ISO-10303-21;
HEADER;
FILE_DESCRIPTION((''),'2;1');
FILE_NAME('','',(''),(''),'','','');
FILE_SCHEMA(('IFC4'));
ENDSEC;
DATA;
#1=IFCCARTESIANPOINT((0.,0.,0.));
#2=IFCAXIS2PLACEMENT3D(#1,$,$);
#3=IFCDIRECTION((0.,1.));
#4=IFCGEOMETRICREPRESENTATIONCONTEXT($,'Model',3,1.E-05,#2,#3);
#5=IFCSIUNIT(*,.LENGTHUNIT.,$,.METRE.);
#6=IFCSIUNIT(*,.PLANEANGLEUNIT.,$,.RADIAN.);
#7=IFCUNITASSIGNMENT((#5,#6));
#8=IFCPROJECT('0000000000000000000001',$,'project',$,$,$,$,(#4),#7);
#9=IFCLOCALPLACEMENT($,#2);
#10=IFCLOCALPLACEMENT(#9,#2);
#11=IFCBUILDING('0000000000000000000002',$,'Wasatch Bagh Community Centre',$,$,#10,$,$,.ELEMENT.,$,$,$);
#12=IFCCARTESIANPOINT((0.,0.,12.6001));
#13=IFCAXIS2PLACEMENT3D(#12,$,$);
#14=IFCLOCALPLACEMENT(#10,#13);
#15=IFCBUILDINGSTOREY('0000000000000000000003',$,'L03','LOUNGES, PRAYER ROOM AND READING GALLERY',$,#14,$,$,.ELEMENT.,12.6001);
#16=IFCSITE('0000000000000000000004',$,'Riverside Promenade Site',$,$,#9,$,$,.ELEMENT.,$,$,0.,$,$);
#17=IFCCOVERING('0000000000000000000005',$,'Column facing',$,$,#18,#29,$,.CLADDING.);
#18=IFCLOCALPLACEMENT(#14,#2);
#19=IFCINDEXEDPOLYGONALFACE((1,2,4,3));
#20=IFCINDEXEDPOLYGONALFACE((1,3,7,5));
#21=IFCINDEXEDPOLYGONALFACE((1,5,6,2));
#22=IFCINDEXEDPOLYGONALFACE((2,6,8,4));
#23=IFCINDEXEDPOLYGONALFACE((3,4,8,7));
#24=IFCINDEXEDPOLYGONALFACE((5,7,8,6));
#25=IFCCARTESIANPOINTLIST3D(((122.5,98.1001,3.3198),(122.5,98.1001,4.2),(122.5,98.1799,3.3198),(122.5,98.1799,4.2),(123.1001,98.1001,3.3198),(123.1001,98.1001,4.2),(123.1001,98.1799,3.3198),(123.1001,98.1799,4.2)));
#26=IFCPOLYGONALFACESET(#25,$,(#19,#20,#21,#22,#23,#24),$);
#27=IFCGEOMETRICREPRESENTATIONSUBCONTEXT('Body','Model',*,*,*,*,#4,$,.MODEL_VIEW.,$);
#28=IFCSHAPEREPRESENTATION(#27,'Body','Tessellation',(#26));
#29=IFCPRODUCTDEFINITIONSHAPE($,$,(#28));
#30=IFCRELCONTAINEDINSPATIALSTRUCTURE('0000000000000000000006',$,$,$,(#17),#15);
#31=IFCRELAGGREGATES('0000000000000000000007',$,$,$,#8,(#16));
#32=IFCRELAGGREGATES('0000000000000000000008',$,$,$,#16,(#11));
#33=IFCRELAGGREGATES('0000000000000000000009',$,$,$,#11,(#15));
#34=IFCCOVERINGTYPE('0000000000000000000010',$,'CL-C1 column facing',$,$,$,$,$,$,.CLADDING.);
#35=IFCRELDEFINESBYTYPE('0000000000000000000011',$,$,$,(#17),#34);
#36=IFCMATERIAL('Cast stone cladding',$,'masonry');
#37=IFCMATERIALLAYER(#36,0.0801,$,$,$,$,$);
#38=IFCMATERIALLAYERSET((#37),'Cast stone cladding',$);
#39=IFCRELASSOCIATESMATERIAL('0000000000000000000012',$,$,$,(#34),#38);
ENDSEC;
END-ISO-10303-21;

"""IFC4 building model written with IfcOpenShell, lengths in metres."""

from ifc_helpers import new_model, si_unit, direction, frame, origin, place, context, subcontext, project, spatial, polyline, outline, extrude, material, layer, layer_set, type_object, element, save


model = new_model("IFC4")

# Units and contexts
model_context = context("Model", 3, precision=1e-05, world=origin(), true_north=direction((0.0, 1.0)))
body_context = subcontext(model_context, "Body", "Model", "MODEL_VIEW")
ifc_project = project(units=[si_unit("LENGTHUNIT", "METRE"), si_unit("PLANEANGLEUNIT", "RADIAN")], contexts=[model_context])

# Site, building, storey
site_placement = place(None, origin())
site = spatial("IfcSite", under=ifc_project, at=site_placement, Name="Riverside Promenade Site", CompositionType="ELEMENT", RefElevation=0.0)
building_placement = place(site_placement, origin())
building = spatial("IfcBuilding", under=site, at=building_placement, Name="Wasatch Bagh Community Centre", CompositionType="ELEMENT")
storey_placement = place(building_placement, frame((0.0, 0.0, 12.6001)))
storey = spatial("IfcBuildingStorey", under=building, at=storey_placement, Name="L03", Description="LOUNGES, PRAYER ROOM AND READING GALLERY", CompositionType="ELEMENT", Elevation=12.6001)

# Covering
ifc_material_1 = material(Name="Cast stone cladding", Category="masonry")
ifc_layer_1 = layer(ifc_material_1, 0.0801)
ifc_layer_set_1 = layer_set([ifc_layer_1], Name="Cast stone cladding")
covering_type_1 = type_object("IfcCoveringType", Name="CL-C1 column facing", PredefinedType="CLADDING", material=ifc_layer_set_1)
covering_1_placement = place(storey_placement, frame((0.0, 0.0, 3.3198)))
element("IfcCovering", 1, at=covering_1_placement, inside=storey, type_object=covering_type_1, Name="Column facing", PredefinedType="CLADDING", context=body_context, shape_type="SweptSolid", body=[
    extrude(outline(polyline([(123.1001, 98.1001), (122.5, 98.1001), (122.5, 98.1799), (123.1001, 98.1799), (123.1001, 98.1001)])), origin(), (0.0, 0.0, 1.0), 0.8801),
])

save(model, "model.ifc")
